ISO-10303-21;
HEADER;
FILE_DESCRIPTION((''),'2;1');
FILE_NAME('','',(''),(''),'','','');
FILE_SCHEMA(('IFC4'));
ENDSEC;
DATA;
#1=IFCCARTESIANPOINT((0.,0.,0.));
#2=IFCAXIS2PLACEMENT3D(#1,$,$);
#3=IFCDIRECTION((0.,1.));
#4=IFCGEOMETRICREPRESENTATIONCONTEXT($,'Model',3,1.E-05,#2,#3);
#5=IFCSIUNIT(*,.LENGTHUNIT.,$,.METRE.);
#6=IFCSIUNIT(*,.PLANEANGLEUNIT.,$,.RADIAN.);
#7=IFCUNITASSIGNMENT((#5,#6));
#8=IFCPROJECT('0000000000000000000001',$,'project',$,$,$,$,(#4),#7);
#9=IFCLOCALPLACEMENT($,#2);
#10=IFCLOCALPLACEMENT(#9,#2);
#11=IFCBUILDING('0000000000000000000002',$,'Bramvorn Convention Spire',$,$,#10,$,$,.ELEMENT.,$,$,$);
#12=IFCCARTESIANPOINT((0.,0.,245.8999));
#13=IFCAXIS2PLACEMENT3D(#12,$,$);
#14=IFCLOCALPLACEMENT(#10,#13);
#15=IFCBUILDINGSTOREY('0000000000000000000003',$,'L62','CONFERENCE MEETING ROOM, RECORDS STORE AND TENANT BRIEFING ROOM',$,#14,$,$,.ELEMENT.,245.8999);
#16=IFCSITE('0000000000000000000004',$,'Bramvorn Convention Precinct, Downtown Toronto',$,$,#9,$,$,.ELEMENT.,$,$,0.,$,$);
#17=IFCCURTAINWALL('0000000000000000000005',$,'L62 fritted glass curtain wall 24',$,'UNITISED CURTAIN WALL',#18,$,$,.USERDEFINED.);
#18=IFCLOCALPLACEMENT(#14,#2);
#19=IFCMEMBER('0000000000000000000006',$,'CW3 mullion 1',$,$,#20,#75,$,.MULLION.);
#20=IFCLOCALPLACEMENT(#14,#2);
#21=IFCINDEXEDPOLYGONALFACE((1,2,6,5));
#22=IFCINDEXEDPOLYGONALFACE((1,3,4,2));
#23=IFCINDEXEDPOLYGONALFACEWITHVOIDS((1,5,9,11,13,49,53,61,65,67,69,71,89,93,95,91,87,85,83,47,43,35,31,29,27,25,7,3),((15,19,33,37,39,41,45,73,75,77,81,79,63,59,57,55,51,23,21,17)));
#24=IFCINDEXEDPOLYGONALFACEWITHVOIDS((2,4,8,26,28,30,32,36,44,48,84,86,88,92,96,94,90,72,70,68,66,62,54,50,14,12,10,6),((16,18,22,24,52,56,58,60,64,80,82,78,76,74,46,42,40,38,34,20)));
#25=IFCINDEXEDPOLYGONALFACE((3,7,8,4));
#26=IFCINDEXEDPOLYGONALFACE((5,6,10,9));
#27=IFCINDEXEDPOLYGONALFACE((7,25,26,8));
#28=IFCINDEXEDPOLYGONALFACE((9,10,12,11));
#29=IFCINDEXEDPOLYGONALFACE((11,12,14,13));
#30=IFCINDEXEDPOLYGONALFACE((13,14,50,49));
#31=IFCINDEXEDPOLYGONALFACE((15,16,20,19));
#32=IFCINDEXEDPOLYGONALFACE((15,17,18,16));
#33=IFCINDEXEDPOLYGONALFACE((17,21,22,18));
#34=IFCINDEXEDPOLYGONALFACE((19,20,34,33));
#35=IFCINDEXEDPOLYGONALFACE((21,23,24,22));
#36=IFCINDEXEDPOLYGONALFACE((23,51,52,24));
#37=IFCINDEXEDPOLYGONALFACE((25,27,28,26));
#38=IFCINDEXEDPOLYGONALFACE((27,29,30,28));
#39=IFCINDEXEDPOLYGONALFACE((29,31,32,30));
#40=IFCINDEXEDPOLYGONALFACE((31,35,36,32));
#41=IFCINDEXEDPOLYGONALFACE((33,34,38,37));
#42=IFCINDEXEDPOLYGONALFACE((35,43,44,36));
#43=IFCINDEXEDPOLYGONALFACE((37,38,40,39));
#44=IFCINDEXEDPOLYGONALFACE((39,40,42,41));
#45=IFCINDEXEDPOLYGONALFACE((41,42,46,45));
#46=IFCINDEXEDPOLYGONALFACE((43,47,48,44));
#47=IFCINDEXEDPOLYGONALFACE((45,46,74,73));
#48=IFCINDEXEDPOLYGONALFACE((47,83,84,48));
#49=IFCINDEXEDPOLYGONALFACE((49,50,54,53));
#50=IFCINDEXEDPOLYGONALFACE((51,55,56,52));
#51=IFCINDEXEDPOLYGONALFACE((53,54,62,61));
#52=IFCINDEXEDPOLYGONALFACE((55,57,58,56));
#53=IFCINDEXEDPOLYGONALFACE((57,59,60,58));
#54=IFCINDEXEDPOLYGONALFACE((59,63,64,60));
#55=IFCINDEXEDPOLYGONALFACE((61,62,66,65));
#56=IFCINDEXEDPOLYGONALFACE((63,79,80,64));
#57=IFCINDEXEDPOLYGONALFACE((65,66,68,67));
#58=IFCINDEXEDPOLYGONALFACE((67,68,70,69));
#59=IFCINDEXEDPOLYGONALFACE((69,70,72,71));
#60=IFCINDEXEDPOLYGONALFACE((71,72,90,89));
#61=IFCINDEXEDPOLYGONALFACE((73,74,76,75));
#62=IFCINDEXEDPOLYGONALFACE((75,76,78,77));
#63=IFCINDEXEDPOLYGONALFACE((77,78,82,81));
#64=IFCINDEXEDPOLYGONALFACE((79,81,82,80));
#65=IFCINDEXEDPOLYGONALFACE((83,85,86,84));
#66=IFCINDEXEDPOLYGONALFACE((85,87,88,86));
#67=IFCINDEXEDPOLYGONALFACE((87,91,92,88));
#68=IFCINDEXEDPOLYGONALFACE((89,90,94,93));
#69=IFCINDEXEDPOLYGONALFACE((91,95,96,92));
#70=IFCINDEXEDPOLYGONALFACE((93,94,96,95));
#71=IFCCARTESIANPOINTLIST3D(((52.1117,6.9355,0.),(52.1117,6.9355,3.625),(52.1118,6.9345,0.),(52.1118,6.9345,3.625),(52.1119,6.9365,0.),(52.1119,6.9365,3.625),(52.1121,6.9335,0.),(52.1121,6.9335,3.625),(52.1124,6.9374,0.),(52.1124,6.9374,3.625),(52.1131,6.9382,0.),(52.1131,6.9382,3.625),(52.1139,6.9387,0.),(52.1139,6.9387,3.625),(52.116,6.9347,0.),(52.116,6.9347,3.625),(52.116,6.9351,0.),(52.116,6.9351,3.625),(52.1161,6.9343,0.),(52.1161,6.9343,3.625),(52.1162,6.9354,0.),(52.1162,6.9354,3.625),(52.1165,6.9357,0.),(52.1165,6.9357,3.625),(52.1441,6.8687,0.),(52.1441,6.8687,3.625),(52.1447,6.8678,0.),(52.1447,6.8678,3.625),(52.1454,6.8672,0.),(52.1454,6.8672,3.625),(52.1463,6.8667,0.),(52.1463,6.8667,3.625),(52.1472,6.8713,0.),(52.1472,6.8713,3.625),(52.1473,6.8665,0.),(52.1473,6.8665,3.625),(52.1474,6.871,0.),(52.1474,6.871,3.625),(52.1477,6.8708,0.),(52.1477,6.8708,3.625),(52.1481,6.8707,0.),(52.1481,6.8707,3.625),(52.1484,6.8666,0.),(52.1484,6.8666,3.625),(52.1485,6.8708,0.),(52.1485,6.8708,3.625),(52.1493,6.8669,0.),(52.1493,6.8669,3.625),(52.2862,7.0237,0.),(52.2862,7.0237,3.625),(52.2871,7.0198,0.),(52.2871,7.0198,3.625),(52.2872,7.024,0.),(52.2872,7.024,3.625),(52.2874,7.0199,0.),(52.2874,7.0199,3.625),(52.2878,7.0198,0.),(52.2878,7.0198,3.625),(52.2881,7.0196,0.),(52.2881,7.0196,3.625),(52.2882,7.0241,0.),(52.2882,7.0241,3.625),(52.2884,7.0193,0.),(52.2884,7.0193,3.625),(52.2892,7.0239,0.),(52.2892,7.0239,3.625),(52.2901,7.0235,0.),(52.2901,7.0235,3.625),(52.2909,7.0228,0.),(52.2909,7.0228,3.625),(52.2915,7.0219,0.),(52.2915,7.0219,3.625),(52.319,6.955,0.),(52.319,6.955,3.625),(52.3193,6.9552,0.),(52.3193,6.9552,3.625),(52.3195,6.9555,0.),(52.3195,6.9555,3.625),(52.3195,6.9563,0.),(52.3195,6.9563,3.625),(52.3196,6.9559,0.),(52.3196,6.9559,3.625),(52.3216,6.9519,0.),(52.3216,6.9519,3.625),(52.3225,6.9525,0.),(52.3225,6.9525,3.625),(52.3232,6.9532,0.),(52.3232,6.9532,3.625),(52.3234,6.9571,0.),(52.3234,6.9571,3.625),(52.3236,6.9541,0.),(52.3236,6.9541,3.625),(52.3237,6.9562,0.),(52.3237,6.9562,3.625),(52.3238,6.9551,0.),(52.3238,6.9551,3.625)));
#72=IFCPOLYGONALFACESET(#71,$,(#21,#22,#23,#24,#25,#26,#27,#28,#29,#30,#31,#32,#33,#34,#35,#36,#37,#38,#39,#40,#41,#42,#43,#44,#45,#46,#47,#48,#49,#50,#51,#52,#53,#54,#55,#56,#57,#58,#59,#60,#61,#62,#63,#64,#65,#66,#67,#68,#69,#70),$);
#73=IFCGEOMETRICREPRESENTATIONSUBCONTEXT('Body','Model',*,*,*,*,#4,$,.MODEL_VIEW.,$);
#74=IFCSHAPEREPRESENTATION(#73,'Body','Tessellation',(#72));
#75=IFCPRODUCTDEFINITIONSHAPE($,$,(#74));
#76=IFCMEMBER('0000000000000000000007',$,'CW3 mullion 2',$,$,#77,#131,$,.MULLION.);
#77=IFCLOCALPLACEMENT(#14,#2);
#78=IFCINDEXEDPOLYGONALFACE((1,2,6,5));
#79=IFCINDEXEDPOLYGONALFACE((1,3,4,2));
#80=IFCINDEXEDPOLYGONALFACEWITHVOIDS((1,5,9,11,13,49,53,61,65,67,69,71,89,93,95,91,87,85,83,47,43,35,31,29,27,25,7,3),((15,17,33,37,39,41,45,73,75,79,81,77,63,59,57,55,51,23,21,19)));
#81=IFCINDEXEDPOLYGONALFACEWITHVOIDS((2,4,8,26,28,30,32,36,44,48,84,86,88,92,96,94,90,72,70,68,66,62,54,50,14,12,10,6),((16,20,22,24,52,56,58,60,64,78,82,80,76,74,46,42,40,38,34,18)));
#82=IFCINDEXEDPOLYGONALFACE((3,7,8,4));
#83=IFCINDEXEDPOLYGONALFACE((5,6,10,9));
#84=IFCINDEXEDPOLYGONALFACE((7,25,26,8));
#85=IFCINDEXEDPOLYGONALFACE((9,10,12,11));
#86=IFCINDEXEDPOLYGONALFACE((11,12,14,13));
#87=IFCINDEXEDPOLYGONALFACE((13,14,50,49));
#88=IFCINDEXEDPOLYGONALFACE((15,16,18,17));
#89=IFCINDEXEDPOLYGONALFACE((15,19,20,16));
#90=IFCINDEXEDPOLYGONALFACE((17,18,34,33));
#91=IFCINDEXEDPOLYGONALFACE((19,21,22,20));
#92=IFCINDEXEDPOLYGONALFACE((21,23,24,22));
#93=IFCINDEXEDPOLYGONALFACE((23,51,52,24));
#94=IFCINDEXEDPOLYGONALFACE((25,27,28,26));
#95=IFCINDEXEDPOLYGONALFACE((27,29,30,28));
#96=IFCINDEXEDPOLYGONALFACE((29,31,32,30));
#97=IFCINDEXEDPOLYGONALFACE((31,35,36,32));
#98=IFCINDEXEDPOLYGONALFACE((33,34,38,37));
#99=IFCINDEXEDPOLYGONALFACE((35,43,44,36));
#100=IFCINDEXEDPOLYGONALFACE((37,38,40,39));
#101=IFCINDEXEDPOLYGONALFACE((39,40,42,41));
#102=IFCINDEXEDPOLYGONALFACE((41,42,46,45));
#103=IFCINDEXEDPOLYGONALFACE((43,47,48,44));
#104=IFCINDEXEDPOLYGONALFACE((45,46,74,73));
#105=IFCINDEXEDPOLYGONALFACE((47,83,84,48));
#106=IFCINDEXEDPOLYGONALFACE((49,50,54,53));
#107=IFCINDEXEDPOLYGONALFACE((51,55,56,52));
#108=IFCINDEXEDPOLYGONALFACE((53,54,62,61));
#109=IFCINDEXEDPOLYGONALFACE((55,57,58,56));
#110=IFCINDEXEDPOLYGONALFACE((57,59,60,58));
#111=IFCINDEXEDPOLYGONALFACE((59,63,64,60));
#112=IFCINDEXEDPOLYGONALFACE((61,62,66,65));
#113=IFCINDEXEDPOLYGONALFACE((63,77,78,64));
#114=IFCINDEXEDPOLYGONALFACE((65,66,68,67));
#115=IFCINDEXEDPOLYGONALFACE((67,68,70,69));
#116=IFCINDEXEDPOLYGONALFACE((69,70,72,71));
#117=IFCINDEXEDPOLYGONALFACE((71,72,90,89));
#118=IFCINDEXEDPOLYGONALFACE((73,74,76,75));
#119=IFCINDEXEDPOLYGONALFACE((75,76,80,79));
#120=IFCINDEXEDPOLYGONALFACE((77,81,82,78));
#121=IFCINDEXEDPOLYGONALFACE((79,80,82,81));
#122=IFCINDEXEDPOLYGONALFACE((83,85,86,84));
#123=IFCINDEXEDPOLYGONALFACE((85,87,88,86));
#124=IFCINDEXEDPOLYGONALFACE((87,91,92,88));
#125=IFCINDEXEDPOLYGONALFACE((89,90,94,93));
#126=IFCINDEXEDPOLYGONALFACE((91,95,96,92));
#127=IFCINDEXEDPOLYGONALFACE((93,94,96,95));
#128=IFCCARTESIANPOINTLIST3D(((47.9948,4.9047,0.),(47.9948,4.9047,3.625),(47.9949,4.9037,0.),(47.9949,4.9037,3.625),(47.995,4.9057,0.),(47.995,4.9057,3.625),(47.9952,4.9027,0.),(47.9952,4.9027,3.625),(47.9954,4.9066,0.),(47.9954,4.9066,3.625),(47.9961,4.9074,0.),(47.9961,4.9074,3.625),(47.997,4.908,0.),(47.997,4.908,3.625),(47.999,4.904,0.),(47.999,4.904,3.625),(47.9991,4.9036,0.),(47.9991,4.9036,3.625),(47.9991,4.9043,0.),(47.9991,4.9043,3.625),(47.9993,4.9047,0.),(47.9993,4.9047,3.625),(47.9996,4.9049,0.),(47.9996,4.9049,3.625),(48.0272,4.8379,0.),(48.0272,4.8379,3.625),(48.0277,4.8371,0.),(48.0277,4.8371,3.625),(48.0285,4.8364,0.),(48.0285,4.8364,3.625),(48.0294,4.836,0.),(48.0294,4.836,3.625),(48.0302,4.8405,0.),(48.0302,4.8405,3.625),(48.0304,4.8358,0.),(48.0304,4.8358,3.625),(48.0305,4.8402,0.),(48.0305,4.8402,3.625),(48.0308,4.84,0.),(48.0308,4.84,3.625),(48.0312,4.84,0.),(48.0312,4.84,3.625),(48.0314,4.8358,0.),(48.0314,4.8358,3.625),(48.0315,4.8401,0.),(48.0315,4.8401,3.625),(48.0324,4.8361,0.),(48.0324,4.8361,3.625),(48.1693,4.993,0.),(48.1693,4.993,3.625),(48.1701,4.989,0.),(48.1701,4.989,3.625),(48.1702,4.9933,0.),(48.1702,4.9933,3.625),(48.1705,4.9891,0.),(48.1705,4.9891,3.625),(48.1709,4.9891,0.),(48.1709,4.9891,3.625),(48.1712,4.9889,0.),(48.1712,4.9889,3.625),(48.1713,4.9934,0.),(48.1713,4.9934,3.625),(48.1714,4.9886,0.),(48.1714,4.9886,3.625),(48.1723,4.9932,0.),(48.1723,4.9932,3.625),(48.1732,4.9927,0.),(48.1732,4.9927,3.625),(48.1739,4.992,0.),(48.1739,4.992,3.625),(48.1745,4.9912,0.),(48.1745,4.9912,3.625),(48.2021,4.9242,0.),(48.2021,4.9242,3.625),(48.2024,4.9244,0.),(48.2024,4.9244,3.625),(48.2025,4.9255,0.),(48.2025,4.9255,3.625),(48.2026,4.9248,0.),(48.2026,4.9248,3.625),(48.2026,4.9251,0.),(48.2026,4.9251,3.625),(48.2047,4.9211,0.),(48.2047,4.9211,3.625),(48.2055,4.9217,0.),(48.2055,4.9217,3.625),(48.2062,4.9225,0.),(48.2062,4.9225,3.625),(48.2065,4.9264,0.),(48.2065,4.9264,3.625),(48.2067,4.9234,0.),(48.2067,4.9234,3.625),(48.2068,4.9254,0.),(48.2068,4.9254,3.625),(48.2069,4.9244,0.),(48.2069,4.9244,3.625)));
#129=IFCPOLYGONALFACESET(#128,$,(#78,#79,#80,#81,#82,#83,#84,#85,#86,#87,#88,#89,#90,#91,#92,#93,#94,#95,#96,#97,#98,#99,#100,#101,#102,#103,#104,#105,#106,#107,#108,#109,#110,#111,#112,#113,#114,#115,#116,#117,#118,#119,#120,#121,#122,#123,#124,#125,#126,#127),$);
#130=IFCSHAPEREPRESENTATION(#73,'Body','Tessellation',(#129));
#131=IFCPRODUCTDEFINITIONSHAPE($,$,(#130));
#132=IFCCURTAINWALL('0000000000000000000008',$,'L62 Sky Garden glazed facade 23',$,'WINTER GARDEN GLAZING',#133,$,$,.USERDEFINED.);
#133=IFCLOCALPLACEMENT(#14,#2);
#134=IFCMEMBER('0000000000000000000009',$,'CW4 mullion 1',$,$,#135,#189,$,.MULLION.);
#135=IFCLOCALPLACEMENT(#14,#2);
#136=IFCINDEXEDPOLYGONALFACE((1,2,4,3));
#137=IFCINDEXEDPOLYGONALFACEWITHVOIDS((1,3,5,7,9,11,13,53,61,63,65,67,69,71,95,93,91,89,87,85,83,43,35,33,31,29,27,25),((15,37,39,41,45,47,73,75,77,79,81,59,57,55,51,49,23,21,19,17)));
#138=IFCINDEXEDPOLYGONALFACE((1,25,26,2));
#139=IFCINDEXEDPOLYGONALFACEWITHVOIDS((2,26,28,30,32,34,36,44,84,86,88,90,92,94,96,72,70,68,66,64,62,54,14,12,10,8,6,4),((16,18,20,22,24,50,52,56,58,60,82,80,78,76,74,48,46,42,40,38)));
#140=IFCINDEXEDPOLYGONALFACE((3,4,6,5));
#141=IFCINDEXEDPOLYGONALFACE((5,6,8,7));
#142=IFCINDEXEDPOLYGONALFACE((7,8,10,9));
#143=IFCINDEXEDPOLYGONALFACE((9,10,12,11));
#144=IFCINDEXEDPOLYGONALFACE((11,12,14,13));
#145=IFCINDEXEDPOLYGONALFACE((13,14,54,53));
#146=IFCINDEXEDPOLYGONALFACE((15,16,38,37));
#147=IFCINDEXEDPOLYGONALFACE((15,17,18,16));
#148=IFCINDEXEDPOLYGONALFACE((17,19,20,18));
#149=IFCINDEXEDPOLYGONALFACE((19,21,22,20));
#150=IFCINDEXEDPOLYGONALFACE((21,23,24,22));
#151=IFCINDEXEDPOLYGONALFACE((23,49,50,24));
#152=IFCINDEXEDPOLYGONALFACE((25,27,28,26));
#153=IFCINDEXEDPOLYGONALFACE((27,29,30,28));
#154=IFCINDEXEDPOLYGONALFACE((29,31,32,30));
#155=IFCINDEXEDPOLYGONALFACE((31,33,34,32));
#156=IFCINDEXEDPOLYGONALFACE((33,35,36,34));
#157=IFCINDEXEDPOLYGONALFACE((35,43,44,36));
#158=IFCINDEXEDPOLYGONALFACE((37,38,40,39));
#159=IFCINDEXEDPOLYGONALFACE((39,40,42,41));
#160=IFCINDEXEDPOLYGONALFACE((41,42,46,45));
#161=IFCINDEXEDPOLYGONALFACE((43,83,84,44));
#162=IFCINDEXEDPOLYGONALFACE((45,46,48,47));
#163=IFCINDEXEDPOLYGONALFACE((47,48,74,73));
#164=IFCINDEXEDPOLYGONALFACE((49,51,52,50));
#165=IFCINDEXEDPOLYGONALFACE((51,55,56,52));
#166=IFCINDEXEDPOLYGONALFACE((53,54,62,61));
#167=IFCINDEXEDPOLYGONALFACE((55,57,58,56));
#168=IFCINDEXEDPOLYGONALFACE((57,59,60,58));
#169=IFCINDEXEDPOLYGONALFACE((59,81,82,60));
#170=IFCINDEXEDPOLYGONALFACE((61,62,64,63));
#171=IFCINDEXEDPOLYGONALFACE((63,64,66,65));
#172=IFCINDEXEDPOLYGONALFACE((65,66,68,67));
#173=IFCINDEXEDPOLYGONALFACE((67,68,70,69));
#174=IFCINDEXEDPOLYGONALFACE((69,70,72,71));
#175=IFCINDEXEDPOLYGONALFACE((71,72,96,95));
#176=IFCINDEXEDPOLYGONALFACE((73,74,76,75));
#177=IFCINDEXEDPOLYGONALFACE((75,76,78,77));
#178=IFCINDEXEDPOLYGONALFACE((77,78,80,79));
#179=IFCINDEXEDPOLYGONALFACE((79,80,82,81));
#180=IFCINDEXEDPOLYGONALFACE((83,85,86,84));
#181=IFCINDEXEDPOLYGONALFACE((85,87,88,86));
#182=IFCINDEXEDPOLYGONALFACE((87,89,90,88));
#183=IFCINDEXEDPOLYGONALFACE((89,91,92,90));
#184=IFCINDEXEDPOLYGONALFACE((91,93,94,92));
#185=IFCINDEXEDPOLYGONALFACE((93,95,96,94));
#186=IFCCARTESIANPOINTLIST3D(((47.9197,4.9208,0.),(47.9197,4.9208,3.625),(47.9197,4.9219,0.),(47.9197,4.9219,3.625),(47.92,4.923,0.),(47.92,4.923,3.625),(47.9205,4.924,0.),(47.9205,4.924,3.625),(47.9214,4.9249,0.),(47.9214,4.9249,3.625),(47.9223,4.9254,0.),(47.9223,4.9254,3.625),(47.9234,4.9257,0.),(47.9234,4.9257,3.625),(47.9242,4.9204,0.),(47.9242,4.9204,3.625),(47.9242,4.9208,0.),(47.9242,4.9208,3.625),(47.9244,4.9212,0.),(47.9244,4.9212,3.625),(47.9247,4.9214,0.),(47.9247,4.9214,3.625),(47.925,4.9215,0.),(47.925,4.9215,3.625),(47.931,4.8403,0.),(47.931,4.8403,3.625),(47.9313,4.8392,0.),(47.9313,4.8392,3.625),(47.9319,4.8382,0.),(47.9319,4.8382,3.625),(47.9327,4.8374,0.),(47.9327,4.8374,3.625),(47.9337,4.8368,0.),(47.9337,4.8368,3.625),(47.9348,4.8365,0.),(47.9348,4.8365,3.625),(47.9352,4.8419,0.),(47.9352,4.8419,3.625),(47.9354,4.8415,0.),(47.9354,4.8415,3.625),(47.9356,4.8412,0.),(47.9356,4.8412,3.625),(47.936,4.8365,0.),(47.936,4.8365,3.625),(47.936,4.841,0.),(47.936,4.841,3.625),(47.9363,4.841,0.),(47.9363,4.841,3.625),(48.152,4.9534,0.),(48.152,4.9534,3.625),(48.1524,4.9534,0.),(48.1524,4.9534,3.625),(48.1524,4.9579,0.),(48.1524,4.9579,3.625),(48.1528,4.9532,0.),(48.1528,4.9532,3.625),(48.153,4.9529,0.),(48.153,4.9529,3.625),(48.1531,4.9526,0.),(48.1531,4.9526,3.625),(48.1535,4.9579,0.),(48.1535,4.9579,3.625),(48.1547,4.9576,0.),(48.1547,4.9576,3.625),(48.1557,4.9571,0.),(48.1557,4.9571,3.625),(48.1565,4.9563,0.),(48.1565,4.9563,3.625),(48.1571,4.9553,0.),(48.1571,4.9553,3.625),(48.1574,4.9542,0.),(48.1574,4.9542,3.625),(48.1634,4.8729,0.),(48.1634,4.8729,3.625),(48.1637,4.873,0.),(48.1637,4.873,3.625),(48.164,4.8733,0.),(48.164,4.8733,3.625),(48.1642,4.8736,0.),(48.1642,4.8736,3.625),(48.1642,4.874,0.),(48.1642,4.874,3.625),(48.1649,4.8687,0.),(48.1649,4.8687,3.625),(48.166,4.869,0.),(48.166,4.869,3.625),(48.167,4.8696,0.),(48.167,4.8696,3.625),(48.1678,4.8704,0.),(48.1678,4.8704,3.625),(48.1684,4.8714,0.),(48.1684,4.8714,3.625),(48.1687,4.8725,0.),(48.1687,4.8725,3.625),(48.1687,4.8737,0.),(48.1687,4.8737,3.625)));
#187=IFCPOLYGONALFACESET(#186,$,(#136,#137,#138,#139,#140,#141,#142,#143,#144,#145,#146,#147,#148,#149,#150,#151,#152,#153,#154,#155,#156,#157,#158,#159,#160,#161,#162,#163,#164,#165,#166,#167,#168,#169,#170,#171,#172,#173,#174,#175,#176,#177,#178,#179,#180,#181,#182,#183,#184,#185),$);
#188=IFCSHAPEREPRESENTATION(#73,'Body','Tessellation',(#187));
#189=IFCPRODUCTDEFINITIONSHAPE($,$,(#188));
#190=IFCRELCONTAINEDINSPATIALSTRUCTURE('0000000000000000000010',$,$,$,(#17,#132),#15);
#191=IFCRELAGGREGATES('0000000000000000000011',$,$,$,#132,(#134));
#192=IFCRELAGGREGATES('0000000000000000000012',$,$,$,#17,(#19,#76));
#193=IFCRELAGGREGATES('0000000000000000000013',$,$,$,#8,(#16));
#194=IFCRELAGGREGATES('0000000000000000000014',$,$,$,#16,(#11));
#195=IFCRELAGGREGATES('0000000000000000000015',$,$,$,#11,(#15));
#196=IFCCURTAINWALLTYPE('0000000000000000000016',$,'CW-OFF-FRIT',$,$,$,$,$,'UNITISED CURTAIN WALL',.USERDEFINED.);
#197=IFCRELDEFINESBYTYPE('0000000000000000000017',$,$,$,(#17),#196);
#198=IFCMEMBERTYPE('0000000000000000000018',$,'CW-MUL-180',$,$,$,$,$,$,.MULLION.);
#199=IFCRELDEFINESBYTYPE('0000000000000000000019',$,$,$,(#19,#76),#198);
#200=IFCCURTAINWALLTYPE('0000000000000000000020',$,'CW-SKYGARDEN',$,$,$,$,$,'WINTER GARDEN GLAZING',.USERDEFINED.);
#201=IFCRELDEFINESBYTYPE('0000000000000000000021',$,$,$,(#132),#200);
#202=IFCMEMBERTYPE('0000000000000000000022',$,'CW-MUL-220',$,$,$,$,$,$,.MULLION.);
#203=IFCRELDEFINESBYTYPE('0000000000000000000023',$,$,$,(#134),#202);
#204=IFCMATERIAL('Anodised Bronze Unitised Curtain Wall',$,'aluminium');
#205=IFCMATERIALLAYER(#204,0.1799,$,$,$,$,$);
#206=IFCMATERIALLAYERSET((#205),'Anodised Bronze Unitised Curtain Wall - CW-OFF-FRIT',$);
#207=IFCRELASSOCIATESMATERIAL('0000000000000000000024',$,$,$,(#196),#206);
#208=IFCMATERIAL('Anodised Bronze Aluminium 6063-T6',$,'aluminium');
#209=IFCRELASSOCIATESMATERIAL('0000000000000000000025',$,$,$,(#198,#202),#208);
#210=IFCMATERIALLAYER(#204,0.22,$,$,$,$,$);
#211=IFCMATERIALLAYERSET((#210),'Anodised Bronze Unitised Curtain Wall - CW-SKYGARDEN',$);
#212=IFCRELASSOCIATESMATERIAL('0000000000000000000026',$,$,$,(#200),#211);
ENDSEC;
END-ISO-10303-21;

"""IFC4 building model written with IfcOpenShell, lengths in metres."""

from ifc_helpers import new_model, si_unit, direction, frame, origin, origin_2d, place, context, subcontext, project, spatial, hollow_rectangle, extrude, material, layer, layer_set, material_profile, profile_set, type_object, element, aggregate, save


model = new_model("IFC4")

# Units and contexts
model_context = context("Model", 3, precision=1e-05, world=origin(), true_north=direction((0.0, 1.0)))
body_context = subcontext(model_context, "Body", "Model", "MODEL_VIEW")
ifc_project = project(units=[si_unit("LENGTHUNIT", "METRE"), si_unit("PLANEANGLEUNIT", "RADIAN")], contexts=[model_context])

# Site, building, storey
site_placement = place(None, origin())
site = spatial("IfcSite", under=ifc_project, at=site_placement, Name="Bramvorn Convention Precinct, Downtown Toronto", CompositionType="ELEMENT", RefElevation=0.0)
building_placement = place(site_placement, origin())
building = spatial("IfcBuilding", under=site, at=building_placement, Name="Bramvorn Convention Spire", CompositionType="ELEMENT")
storey_placement = place(building_placement, frame((0.0, 0.0, 245.8999)))
storey = spatial("IfcBuildingStorey", under=building, at=storey_placement, Name="L62", Description="CONFERENCE MEETING ROOM, RECORDS STORE AND TENANT BRIEFING ROOM", CompositionType="ELEMENT", Elevation=245.8999)

# Curtain wall, members
ifc_material_1 = material(Name="Anodised Bronze Unitised Curtain Wall", Category="aluminium")
ifc_layer_1 = layer(ifc_material_1, 0.1799)
ifc_layer_set_1 = layer_set([ifc_layer_1], Name="Anodised Bronze Unitised Curtain Wall - CW-OFF-FRIT")
curtain_wall_type_1 = type_object("IfcCurtainWallType", Name="CW-OFF-FRIT", ElementType="UNITISED CURTAIN WALL", PredefinedType="USERDEFINED", material=ifc_layer_set_1)
curtain_wall_1_placement = place(storey_placement, origin())
curtain_wall_1 = element("IfcCurtainWall", 1, at=curtain_wall_1_placement, inside=storey, type_object=curtain_wall_type_1, Name="L62 fritted glass curtain wall 24", ObjectType="UNITISED CURTAIN WALL", PredefinedType="USERDEFINED")
ifc_material_2 = material(Name="Anodised Bronze Aluminium 6063-T6", Category="aluminium")
ifc_material_profile_1 = material_profile(ifc_material_2, hollow_rectangle(XDim=0.0801, YDim=0.2, WallThickness=0.0039, InnerFilletRadius=0.001, OuterFilletRadius=0.0039, at=origin_2d()))
ifc_profile_set_1 = profile_set([ifc_material_profile_1], Name="Anodised Bronze Aluminium 6063-T6 - CWM80X200")
member_type_1 = type_object("IfcMemberType", Name="CW-MUL-180", PredefinedType="MULLION", material=ifc_profile_set_1)
member_1_placement = place(storey_placement, frame((52.2178, 6.9453, 0.0), z_axis=(0.0, 0.0, 1.0), x_axis=(0.442347, -0.896844, 0.0)))
member_1 = element("IfcMember", 2, at=member_1_placement, type_object=member_type_1, Name="CW3 mullion 1", PredefinedType="MULLION", context=body_context, shape_type="SweptSolid", body=[
    extrude(hollow_rectangle(XDim=0.0801, YDim=0.2, WallThickness=0.0039, InnerFilletRadius=0.001, OuterFilletRadius=0.0039, at=origin_2d()), origin(), (0.0, 0.0, 1.0), 3.625),
])
member_2_placement = place(storey_placement, frame((48.1008, 4.9146, 0.0), z_axis=(0.0, 0.0, 1.0), x_axis=(0.442347, -0.896844, 0.0)))
member_2 = element("IfcMember", 3, at=member_2_placement, type_object=member_type_1, Name="CW3 mullion 2", PredefinedType="MULLION", context=body_context, shape_type="SweptSolid", body=[
    extrude(hollow_rectangle(XDim=0.0801, YDim=0.2, WallThickness=0.0039, InnerFilletRadius=0.001, OuterFilletRadius=0.0039, at=origin_2d()), origin(), (0.0, 0.0, 1.0), 3.625),
])

# Curtain wall, member
ifc_layer_2 = layer(ifc_material_1, 0.22)
ifc_layer_set_2 = layer_set([ifc_layer_2], Name="Anodised Bronze Unitised Curtain Wall - CW-SKYGARDEN")
curtain_wall_type_2 = type_object("IfcCurtainWallType", Name="CW-SKYGARDEN", ElementType="WINTER GARDEN GLAZING", PredefinedType="USERDEFINED", material=ifc_layer_set_2)
curtain_wall_2_placement = place(storey_placement, origin())
curtain_wall_2 = element("IfcCurtainWall", 4, at=curtain_wall_2_placement, inside=storey, type_object=curtain_wall_type_2, Name="L62 Sky Garden glazed facade 23", ObjectType="WINTER GARDEN GLAZING", PredefinedType="USERDEFINED")
ifc_material_profile_2 = material_profile(ifc_material_2, hollow_rectangle(XDim=0.0901, YDim=0.24, WallThickness=0.0044, InnerFilletRadius=0.001, OuterFilletRadius=0.0044, at=origin_2d()))
ifc_profile_set_2 = profile_set([ifc_material_profile_2], Name="Anodised Bronze Aluminium 6063-T6 - CWM90X240")
member_type_2 = type_object("IfcMemberType", Name="CW-MUL-220", PredefinedType="MULLION", material=ifc_profile_set_2)
member_3_placement = place(storey_placement, frame((48.0442, 4.8972, 0.0), z_axis=(0.0, 0.0, 1.0), x_axis=(0.139077, -0.990282, 0.0)))
member_3 = element("IfcMember", 5, at=member_3_placement, type_object=member_type_2, Name="CW4 mullion 1", PredefinedType="MULLION", context=body_context, shape_type="SweptSolid", body=[
    extrude(hollow_rectangle(XDim=0.0901, YDim=0.24, WallThickness=0.0044, InnerFilletRadius=0.001, OuterFilletRadius=0.0044, at=origin_2d()), origin(), (0.0, 0.0, 1.0), 3.625),
])

aggregate(curtain_wall_2, [member_3])

aggregate(curtain_wall_1, [member_1, member_2])

save(model, "model.ifc")
